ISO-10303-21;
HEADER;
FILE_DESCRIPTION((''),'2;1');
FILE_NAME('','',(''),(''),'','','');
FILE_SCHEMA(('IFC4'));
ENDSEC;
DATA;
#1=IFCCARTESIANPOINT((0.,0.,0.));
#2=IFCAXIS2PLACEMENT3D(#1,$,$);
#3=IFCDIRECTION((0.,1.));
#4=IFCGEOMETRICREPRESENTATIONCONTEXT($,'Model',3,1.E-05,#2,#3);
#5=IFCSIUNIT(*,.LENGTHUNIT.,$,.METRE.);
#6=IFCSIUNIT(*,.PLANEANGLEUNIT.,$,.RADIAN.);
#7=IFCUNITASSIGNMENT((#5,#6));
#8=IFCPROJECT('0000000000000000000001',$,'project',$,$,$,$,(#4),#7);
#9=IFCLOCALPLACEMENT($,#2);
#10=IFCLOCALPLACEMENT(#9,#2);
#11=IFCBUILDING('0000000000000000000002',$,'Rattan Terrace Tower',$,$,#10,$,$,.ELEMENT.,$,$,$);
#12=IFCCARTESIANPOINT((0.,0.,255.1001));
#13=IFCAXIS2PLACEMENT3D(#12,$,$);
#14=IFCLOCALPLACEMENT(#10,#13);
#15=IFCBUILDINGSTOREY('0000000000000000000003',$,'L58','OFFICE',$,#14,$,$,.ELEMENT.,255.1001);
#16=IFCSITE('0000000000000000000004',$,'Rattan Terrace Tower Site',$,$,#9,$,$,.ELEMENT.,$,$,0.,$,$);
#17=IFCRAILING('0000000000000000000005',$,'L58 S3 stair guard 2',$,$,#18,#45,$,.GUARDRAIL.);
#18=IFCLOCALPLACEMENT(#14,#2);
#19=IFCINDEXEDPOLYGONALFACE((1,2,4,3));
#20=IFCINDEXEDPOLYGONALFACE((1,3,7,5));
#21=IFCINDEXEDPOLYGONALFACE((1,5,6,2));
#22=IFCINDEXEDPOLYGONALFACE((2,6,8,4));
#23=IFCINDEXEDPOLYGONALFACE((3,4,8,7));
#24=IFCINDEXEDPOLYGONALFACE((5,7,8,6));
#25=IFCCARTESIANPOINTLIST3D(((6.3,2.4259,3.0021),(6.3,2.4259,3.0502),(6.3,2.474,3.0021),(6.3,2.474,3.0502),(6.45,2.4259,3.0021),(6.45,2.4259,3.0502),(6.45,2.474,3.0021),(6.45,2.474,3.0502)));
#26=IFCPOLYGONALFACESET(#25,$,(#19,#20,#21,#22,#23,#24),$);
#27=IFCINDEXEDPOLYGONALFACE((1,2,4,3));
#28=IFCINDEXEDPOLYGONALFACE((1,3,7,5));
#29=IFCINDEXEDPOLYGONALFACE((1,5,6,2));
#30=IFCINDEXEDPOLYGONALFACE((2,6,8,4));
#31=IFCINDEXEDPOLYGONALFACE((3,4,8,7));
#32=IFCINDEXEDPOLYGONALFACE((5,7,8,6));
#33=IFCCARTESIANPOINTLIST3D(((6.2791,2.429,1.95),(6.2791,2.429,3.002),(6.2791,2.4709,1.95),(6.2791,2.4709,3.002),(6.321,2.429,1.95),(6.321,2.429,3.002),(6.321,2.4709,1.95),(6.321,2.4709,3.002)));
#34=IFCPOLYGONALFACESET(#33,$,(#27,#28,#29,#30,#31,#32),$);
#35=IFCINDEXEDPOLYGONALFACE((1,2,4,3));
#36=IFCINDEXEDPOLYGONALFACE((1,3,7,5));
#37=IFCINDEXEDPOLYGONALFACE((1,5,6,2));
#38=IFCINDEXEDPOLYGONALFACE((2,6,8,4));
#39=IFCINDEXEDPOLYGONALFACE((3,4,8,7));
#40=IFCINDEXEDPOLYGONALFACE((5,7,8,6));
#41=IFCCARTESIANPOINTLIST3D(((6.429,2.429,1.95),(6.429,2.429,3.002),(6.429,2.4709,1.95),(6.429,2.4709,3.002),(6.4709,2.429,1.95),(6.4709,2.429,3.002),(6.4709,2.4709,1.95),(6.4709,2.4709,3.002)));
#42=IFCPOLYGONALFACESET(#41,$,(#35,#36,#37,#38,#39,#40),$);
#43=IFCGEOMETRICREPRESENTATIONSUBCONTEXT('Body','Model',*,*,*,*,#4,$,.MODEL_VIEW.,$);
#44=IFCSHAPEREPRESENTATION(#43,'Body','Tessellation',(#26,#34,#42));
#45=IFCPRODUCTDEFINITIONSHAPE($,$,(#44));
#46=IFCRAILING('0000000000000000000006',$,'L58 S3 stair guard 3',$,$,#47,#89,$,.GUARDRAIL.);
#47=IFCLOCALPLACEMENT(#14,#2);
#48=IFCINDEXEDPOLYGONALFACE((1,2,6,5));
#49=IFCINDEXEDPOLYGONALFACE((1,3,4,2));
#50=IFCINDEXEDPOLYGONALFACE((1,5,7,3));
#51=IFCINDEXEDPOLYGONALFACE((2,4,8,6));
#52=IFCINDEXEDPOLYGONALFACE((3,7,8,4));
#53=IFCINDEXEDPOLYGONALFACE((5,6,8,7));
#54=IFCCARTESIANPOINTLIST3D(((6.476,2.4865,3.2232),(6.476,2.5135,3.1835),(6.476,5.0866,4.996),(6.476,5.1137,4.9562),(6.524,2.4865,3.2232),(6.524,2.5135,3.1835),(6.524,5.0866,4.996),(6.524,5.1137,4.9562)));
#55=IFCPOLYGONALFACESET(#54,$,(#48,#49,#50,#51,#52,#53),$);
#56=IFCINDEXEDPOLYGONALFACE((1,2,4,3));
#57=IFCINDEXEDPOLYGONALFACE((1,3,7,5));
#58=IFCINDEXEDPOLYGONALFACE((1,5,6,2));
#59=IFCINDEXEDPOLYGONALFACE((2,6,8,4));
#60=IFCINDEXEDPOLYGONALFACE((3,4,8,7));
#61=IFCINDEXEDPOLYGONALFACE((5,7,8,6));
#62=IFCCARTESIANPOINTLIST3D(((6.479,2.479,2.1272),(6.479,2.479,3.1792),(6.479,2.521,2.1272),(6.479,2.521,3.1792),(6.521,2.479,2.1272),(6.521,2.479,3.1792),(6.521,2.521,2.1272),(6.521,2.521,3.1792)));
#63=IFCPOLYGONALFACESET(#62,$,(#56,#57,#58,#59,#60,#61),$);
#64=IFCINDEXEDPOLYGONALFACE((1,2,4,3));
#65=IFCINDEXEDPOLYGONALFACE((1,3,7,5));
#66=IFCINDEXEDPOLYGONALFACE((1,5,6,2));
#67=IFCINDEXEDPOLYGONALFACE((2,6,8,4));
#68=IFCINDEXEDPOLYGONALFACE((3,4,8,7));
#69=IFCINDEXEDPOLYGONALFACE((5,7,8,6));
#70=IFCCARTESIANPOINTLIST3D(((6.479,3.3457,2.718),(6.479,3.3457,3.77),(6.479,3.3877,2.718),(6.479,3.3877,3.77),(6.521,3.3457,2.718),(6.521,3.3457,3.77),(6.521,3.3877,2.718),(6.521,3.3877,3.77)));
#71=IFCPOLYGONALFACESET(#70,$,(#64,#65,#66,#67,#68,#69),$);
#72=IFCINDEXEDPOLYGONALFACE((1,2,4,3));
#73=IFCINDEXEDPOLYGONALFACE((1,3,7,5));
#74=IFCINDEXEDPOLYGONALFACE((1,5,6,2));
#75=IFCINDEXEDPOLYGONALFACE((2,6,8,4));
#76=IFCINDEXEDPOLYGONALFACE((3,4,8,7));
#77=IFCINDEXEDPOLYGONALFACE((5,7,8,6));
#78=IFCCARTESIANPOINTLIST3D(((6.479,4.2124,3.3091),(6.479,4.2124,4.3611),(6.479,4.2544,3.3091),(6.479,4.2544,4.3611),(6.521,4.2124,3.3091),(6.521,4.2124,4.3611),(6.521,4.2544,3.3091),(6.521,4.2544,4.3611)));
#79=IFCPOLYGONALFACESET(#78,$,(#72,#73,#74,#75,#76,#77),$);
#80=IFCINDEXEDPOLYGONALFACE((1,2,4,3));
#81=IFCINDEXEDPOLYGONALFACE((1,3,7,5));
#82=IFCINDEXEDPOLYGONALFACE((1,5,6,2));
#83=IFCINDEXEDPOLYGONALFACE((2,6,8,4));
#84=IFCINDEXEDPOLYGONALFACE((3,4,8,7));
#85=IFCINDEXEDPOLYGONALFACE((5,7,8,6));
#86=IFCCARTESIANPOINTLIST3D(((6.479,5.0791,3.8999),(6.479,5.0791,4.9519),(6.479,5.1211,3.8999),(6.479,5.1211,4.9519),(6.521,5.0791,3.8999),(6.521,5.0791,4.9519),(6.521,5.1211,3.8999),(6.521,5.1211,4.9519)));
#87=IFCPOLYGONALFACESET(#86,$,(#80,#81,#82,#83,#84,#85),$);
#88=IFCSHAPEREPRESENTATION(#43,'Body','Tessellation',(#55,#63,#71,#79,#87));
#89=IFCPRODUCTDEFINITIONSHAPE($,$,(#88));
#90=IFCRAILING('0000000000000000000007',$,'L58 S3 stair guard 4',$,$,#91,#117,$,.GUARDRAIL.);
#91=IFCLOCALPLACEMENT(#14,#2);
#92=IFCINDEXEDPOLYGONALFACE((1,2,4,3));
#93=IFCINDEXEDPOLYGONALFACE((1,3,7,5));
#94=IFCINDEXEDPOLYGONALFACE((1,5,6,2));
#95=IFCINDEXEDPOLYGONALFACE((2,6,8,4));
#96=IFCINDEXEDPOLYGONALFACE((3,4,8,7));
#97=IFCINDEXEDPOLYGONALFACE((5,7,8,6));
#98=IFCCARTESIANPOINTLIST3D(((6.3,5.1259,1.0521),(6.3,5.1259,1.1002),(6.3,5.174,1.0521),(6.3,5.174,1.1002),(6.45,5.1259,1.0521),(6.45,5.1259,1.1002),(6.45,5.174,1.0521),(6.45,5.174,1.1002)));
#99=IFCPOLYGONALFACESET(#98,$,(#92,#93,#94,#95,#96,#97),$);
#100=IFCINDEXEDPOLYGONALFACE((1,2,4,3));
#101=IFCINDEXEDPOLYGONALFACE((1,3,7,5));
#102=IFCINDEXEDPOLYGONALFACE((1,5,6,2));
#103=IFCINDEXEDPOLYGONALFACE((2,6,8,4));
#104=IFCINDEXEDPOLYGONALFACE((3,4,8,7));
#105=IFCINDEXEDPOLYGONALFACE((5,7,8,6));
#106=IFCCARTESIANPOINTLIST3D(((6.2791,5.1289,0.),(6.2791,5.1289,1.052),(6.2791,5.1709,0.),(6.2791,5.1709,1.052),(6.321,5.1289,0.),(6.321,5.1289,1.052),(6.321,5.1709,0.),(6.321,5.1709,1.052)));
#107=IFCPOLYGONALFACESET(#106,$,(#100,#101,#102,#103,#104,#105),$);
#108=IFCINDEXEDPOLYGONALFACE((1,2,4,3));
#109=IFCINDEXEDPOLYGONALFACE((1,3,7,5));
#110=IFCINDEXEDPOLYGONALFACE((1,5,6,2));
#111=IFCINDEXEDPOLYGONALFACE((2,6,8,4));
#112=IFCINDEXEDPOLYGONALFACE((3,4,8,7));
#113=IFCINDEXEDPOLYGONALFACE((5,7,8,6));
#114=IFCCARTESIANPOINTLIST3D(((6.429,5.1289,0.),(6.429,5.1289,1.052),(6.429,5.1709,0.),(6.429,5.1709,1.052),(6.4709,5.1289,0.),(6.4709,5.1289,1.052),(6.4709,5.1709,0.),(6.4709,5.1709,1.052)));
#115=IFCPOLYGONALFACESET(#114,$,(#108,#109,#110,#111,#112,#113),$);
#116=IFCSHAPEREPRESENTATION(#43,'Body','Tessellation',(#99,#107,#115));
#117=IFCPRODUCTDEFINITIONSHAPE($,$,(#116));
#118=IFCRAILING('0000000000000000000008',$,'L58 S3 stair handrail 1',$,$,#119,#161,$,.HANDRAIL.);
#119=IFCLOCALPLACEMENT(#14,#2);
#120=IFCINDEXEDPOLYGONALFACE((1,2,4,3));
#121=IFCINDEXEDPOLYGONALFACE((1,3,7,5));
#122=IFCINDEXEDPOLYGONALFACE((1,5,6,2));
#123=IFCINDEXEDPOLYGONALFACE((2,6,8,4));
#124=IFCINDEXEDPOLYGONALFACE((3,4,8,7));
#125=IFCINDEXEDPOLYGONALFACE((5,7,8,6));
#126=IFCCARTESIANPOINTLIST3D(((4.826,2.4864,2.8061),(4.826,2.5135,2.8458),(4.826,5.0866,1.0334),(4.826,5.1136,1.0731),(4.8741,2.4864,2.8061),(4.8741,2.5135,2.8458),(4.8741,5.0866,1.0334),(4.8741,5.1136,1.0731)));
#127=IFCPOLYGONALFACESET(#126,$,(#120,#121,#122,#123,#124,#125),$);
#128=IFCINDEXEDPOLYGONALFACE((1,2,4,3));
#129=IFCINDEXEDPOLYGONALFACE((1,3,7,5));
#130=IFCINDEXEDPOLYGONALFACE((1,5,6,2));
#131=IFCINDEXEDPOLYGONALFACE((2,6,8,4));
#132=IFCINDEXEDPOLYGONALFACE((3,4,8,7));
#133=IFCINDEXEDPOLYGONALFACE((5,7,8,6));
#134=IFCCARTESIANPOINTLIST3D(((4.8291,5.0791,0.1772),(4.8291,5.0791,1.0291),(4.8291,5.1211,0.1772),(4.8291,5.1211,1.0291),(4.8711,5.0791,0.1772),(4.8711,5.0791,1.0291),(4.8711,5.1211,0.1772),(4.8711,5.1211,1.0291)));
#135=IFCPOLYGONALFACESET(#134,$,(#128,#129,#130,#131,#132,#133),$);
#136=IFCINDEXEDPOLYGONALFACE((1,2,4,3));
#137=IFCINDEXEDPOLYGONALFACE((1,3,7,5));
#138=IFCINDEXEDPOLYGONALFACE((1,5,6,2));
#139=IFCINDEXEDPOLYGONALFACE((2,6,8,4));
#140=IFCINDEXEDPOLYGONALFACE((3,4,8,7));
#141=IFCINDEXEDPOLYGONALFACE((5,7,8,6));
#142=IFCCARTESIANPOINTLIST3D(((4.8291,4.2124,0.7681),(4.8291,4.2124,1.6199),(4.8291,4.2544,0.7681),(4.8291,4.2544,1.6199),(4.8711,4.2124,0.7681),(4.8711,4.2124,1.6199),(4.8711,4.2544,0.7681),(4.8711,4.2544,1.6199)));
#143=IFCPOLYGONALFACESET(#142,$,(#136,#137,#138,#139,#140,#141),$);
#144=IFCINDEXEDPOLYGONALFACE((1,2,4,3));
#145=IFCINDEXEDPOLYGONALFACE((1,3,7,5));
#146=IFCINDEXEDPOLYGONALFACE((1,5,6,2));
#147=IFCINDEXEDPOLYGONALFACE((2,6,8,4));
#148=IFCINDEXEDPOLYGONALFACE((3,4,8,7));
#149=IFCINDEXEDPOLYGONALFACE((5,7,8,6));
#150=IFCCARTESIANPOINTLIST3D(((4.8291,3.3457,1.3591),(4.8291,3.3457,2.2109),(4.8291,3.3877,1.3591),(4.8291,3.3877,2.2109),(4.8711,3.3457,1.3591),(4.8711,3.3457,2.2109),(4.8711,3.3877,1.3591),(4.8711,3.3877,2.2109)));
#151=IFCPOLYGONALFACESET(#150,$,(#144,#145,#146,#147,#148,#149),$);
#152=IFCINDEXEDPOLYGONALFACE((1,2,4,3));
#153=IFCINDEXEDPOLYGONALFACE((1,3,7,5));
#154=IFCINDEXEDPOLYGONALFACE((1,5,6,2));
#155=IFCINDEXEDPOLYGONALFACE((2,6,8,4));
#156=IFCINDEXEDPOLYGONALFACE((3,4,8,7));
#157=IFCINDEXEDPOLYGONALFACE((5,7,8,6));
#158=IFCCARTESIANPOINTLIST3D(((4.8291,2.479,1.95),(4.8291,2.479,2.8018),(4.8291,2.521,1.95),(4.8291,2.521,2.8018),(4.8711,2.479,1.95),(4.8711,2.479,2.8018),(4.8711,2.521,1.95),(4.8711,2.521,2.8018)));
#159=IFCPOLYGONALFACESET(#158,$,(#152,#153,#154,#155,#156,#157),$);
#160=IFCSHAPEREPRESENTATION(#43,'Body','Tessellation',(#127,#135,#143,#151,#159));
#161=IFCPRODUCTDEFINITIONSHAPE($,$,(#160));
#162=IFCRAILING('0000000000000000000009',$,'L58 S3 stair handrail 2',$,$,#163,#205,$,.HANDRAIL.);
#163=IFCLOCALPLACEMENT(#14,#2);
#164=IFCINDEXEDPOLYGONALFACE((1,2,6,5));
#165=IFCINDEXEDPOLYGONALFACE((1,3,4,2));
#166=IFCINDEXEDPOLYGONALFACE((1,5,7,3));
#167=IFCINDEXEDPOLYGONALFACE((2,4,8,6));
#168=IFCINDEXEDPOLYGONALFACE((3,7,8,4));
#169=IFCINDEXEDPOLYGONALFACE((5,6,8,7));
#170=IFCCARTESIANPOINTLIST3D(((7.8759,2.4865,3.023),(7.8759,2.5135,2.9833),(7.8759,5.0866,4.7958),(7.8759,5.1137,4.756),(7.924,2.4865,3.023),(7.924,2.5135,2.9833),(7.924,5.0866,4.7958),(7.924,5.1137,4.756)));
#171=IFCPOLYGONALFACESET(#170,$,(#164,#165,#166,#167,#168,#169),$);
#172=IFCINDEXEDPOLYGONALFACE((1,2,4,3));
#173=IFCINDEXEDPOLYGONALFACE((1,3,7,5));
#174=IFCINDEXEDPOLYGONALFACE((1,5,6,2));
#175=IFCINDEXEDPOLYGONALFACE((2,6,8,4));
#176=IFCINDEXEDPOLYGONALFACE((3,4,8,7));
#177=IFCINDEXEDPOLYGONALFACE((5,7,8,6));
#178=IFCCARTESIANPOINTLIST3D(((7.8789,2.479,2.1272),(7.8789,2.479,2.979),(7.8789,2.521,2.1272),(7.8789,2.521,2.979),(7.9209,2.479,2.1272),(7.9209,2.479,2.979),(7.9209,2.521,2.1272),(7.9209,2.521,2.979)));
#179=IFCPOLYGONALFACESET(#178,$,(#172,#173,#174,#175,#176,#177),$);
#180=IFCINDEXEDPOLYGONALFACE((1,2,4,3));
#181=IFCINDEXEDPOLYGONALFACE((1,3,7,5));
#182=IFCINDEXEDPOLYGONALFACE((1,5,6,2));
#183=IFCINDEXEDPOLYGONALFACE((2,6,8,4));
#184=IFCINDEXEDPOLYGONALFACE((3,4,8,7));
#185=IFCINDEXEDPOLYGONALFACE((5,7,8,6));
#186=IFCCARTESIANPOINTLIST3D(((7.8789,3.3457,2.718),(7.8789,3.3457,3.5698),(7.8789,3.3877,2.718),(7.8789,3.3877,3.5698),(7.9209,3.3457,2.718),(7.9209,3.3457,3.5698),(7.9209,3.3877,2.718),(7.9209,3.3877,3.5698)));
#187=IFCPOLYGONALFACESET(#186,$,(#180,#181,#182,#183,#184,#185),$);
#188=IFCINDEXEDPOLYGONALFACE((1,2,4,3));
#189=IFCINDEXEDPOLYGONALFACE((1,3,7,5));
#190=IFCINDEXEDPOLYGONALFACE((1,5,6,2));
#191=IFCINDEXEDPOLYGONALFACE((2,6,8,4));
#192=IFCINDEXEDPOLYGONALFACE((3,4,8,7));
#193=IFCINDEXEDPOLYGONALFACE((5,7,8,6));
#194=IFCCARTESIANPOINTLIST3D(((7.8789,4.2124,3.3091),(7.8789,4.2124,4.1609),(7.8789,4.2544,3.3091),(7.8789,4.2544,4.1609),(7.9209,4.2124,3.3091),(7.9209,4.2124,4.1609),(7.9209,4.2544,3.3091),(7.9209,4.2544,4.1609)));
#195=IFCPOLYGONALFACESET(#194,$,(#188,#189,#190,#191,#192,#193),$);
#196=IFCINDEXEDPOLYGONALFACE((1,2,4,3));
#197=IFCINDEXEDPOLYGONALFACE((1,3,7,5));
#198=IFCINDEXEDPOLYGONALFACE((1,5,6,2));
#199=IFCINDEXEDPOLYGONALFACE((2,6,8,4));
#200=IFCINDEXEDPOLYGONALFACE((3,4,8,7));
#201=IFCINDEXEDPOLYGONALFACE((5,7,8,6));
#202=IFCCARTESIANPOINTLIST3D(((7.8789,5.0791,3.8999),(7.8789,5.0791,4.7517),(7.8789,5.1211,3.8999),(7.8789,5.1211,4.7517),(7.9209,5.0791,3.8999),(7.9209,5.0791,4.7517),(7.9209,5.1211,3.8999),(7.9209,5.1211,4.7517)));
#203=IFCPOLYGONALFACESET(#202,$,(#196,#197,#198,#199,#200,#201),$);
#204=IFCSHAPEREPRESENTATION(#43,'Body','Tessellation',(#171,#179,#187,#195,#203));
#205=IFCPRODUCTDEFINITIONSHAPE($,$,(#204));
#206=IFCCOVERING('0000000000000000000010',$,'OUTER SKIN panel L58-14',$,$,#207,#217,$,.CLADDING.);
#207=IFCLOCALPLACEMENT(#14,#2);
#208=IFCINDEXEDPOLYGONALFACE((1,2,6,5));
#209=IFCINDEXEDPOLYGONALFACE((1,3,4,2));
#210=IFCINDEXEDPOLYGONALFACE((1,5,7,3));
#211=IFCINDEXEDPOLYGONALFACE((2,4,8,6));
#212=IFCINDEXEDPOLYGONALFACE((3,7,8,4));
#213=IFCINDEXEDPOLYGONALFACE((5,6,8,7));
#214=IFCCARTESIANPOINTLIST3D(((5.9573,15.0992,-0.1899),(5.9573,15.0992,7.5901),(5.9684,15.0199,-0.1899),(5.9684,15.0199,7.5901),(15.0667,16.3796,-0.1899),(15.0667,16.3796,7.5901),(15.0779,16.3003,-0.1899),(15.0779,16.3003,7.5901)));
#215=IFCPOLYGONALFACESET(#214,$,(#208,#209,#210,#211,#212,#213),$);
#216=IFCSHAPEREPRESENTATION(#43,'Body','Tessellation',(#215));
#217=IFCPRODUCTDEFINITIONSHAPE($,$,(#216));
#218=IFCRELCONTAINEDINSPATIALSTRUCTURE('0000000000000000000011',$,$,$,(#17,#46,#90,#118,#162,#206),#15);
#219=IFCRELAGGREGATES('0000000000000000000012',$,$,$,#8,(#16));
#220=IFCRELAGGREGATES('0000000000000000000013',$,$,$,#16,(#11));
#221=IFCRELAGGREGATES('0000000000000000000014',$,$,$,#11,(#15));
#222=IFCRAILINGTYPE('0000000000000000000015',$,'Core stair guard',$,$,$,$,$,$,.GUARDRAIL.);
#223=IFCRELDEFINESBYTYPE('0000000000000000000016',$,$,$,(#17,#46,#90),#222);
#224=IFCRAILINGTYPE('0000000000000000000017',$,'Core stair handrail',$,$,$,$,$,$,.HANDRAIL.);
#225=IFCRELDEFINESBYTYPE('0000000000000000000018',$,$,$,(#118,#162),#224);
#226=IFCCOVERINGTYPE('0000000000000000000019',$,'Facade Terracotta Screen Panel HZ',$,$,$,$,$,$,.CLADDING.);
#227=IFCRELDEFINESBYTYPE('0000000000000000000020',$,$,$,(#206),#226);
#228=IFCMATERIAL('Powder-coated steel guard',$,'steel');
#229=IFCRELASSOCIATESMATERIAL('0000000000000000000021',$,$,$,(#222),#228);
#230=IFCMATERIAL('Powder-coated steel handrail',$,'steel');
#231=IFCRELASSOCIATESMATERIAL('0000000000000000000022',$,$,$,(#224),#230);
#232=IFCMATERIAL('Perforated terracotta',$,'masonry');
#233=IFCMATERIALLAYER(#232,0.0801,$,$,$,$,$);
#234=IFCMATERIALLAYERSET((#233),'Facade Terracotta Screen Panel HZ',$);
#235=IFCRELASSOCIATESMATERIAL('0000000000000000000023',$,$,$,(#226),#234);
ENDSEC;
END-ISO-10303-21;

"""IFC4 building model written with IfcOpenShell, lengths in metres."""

from ifc_helpers import new_model, si_unit, direction, frame, origin, origin_2d, place, context, subcontext, project, spatial, rectangle, extrude, material, layer, layer_set, type_object, element, save


model = new_model("IFC4")

# Units and contexts
model_context = context("Model", 3, precision=1e-05, world=origin(), true_north=direction((0.0, 1.0)))
body_context = subcontext(model_context, "Body", "Model", "MODEL_VIEW")
ifc_project = project(units=[si_unit("LENGTHUNIT", "METRE"), si_unit("PLANEANGLEUNIT", "RADIAN")], contexts=[model_context])

# Site, building, storey
site_placement = place(None, origin())
site = spatial("IfcSite", under=ifc_project, at=site_placement, Name="Rattan Terrace Tower Site", CompositionType="ELEMENT", RefElevation=0.0)
building_placement = place(site_placement, origin())
building = spatial("IfcBuilding", under=site, at=building_placement, Name="Rattan Terrace Tower", CompositionType="ELEMENT")
storey_placement = place(building_placement, frame((0.0, 0.0, 255.1001)))
storey = spatial("IfcBuildingStorey", under=building, at=storey_placement, Name="L58", Description="OFFICE", CompositionType="ELEMENT", Elevation=255.1001)

# Railings
ifc_material_1 = material(Name="Powder-coated steel guard", Category="steel")
railing_type_1 = type_object("IfcRailingType", Name="Core stair guard", PredefinedType="GUARDRAIL", material=ifc_material_1)
railing_1_placement = place(storey_placement, frame((6.3, 2.45, 1.95)))
element("IfcRailing", 1, at=railing_1_placement, inside=storey, type_object=railing_type_1, Name="L58 S3 stair guard 2", PredefinedType="GUARDRAIL", context=body_context, shape_type="SweptSolid", body=[
    extrude(rectangle(XDim=0.0481, YDim=0.0481, at=origin_2d()), frame((0.0, 0.0, 1.0762), z_axis=(1.0, 0.0, 0.0), x_axis=(0.0, 1.0, 0.0)), (0.0, 0.0, 1.0), 0.1499),
    extrude(rectangle(XDim=0.042, YDim=0.042, at=origin_2d()), origin(), (0.0, 0.0, 1.0), 1.052),
    extrude(rectangle(XDim=0.042, YDim=0.042, at=origin_2d()), frame((0.1499, 0.0, 0.0)), (0.0, 0.0, 1.0), 1.052),
])
railing_2_placement = place(storey_placement, frame((6.5, 2.5, 2.1272)))
element("IfcRailing", 2, at=railing_2_placement, inside=storey, type_object=railing_type_1, Name="L58 S3 stair guard 3", PredefinedType="GUARDRAIL", context=body_context, shape_type="SweptSolid", body=[
    extrude(rectangle(XDim=0.0481, YDim=0.0481, at=origin_2d()), frame((0.0, 0.0, 1.0762), z_axis=(0.0, 0.82624, 0.563318), x_axis=(-1.0, 0.0, 0.0)), (0.0, 0.0, 1.0), 3.147),
    extrude(rectangle(XDim=0.042, YDim=0.042, at=origin_2d()), origin(), (0.0, 0.0, 1.0), 1.052),
    extrude(rectangle(XDim=0.042, YDim=0.042, at=origin_2d()), frame((0.0, 0.8667, 0.5908)), (0.0, 0.0, 1.0), 1.052),
    extrude(rectangle(XDim=0.042, YDim=0.042, at=origin_2d()), frame((0.0, 1.7334, 1.1819)), (0.0, 0.0, 1.0), 1.052),
    extrude(rectangle(XDim=0.042, YDim=0.042, at=origin_2d()), frame((0.0, 2.6001, 1.7727)), (0.0, 0.0, 1.0), 1.052),
])
railing_3_placement = place(storey_placement, frame((6.3, 5.1499, 0.0)))
element("IfcRailing", 3, at=railing_3_placement, inside=storey, type_object=railing_type_1, Name="L58 S3 stair guard 4", PredefinedType="GUARDRAIL", context=body_context, shape_type="SweptSolid", body=[
    extrude(rectangle(XDim=0.0481, YDim=0.0481, at=origin_2d()), frame((0.0, 0.0, 1.0762), z_axis=(1.0, 0.0, 0.0), x_axis=(0.0, 1.0, 0.0)), (0.0, 0.0, 1.0), 0.1499),
    extrude(rectangle(XDim=0.042, YDim=0.042, at=origin_2d()), origin(), (0.0, 0.0, 1.0), 1.052),
    extrude(rectangle(XDim=0.042, YDim=0.042, at=origin_2d()), frame((0.1499, 0.0, 0.0)), (0.0, 0.0, 1.0), 1.052),
])
ifc_material_2 = material(Name="Powder-coated steel handrail", Category="steel")
railing_type_2 = type_object("IfcRailingType", Name="Core stair handrail", PredefinedType="HANDRAIL", material=ifc_material_2)
railing_4_placement = place(storey_placement, frame((4.8501, 5.1001, 0.1772)))
element("IfcRailing", 4, at=railing_4_placement, inside=storey, type_object=railing_type_2, Name="L58 S3 stair handrail 1", PredefinedType="HANDRAIL", context=body_context, shape_type="SweptSolid", body=[
    extrude(rectangle(XDim=0.0481, YDim=0.0481, at=origin_2d()), frame((0.0, 0.0, 0.876), z_axis=(0.0, -0.82624, 0.563318), x_axis=(1.0, 0.0, 0.0)), (0.0, 0.0, 1.0), 3.147),
    extrude(rectangle(XDim=0.042, YDim=0.042, at=origin_2d()), origin(), (0.0, 0.0, 1.0), 0.8518),
    extrude(rectangle(XDim=0.042, YDim=0.042, at=origin_2d()), frame((0.0, -0.8667, 0.5908)), (0.0, 0.0, 1.0), 0.8518),
    extrude(rectangle(XDim=0.042, YDim=0.042, at=origin_2d()), frame((0.0, -1.7334, 1.1819)), (0.0, 0.0, 1.0), 0.8518),
    extrude(rectangle(XDim=0.042, YDim=0.042, at=origin_2d()), frame((0.0, -2.6001, 1.7727)), (0.0, 0.0, 1.0), 0.8518),
])
railing_5_placement = place(storey_placement, frame((7.8999, 2.5, 2.1272)))
element("IfcRailing", 5, at=railing_5_placement, inside=storey, type_object=railing_type_2, Name="L58 S3 stair handrail 2", PredefinedType="HANDRAIL", context=body_context, shape_type="SweptSolid", body=[
    extrude(rectangle(XDim=0.0481, YDim=0.0481, at=origin_2d()), frame((0.0, 0.0, 0.876), z_axis=(0.0, 0.82624, 0.563318), x_axis=(-1.0, 0.0, 0.0)), (0.0, 0.0, 1.0), 3.147),
    extrude(rectangle(XDim=0.042, YDim=0.042, at=origin_2d()), origin(), (0.0, 0.0, 1.0), 0.8518),
    extrude(rectangle(XDim=0.042, YDim=0.042, at=origin_2d()), frame((0.0, 0.8667, 0.5908)), (0.0, 0.0, 1.0), 0.8518),
    extrude(rectangle(XDim=0.042, YDim=0.042, at=origin_2d()), frame((0.0, 1.7334, 1.1819)), (0.0, 0.0, 1.0), 0.8518),
    extrude(rectangle(XDim=0.042, YDim=0.042, at=origin_2d()), frame((0.0, 2.6001, 1.7727)), (0.0, 0.0, 1.0), 0.8518),
])

# Covering
ifc_material_3 = material(Name="Perforated terracotta", Category="masonry")
ifc_layer_1 = layer(ifc_material_3, 0.0801)
ifc_layer_set_1 = layer_set([ifc_layer_1], Name="Facade Terracotta Screen Panel HZ")
covering_type = type_object("IfcCoveringType", Name="Facade Terracotta Screen Panel HZ", PredefinedType="CLADDING", material=ifc_layer_set_1)
covering_1_placement = place(storey_placement, frame((10.5176, 15.6997, -0.1899), z_axis=(0.0, 0.0, 1.0), x_axis=(-0.990266, -0.139189, 0.0)))
element("IfcCovering", 6, at=covering_1_placement, inside=storey, type_object=covering_type, Name="OUTER SKIN panel L58-14", PredefinedType="CLADDING", context=body_context, shape_type="SweptSolid", body=[
    extrude(rectangle(XDim=9.199, YDim=0.0801, at=origin_2d()), origin(), (0.0, 0.0, 1.0), 7.78),
])

save(model, "model.ifc")
